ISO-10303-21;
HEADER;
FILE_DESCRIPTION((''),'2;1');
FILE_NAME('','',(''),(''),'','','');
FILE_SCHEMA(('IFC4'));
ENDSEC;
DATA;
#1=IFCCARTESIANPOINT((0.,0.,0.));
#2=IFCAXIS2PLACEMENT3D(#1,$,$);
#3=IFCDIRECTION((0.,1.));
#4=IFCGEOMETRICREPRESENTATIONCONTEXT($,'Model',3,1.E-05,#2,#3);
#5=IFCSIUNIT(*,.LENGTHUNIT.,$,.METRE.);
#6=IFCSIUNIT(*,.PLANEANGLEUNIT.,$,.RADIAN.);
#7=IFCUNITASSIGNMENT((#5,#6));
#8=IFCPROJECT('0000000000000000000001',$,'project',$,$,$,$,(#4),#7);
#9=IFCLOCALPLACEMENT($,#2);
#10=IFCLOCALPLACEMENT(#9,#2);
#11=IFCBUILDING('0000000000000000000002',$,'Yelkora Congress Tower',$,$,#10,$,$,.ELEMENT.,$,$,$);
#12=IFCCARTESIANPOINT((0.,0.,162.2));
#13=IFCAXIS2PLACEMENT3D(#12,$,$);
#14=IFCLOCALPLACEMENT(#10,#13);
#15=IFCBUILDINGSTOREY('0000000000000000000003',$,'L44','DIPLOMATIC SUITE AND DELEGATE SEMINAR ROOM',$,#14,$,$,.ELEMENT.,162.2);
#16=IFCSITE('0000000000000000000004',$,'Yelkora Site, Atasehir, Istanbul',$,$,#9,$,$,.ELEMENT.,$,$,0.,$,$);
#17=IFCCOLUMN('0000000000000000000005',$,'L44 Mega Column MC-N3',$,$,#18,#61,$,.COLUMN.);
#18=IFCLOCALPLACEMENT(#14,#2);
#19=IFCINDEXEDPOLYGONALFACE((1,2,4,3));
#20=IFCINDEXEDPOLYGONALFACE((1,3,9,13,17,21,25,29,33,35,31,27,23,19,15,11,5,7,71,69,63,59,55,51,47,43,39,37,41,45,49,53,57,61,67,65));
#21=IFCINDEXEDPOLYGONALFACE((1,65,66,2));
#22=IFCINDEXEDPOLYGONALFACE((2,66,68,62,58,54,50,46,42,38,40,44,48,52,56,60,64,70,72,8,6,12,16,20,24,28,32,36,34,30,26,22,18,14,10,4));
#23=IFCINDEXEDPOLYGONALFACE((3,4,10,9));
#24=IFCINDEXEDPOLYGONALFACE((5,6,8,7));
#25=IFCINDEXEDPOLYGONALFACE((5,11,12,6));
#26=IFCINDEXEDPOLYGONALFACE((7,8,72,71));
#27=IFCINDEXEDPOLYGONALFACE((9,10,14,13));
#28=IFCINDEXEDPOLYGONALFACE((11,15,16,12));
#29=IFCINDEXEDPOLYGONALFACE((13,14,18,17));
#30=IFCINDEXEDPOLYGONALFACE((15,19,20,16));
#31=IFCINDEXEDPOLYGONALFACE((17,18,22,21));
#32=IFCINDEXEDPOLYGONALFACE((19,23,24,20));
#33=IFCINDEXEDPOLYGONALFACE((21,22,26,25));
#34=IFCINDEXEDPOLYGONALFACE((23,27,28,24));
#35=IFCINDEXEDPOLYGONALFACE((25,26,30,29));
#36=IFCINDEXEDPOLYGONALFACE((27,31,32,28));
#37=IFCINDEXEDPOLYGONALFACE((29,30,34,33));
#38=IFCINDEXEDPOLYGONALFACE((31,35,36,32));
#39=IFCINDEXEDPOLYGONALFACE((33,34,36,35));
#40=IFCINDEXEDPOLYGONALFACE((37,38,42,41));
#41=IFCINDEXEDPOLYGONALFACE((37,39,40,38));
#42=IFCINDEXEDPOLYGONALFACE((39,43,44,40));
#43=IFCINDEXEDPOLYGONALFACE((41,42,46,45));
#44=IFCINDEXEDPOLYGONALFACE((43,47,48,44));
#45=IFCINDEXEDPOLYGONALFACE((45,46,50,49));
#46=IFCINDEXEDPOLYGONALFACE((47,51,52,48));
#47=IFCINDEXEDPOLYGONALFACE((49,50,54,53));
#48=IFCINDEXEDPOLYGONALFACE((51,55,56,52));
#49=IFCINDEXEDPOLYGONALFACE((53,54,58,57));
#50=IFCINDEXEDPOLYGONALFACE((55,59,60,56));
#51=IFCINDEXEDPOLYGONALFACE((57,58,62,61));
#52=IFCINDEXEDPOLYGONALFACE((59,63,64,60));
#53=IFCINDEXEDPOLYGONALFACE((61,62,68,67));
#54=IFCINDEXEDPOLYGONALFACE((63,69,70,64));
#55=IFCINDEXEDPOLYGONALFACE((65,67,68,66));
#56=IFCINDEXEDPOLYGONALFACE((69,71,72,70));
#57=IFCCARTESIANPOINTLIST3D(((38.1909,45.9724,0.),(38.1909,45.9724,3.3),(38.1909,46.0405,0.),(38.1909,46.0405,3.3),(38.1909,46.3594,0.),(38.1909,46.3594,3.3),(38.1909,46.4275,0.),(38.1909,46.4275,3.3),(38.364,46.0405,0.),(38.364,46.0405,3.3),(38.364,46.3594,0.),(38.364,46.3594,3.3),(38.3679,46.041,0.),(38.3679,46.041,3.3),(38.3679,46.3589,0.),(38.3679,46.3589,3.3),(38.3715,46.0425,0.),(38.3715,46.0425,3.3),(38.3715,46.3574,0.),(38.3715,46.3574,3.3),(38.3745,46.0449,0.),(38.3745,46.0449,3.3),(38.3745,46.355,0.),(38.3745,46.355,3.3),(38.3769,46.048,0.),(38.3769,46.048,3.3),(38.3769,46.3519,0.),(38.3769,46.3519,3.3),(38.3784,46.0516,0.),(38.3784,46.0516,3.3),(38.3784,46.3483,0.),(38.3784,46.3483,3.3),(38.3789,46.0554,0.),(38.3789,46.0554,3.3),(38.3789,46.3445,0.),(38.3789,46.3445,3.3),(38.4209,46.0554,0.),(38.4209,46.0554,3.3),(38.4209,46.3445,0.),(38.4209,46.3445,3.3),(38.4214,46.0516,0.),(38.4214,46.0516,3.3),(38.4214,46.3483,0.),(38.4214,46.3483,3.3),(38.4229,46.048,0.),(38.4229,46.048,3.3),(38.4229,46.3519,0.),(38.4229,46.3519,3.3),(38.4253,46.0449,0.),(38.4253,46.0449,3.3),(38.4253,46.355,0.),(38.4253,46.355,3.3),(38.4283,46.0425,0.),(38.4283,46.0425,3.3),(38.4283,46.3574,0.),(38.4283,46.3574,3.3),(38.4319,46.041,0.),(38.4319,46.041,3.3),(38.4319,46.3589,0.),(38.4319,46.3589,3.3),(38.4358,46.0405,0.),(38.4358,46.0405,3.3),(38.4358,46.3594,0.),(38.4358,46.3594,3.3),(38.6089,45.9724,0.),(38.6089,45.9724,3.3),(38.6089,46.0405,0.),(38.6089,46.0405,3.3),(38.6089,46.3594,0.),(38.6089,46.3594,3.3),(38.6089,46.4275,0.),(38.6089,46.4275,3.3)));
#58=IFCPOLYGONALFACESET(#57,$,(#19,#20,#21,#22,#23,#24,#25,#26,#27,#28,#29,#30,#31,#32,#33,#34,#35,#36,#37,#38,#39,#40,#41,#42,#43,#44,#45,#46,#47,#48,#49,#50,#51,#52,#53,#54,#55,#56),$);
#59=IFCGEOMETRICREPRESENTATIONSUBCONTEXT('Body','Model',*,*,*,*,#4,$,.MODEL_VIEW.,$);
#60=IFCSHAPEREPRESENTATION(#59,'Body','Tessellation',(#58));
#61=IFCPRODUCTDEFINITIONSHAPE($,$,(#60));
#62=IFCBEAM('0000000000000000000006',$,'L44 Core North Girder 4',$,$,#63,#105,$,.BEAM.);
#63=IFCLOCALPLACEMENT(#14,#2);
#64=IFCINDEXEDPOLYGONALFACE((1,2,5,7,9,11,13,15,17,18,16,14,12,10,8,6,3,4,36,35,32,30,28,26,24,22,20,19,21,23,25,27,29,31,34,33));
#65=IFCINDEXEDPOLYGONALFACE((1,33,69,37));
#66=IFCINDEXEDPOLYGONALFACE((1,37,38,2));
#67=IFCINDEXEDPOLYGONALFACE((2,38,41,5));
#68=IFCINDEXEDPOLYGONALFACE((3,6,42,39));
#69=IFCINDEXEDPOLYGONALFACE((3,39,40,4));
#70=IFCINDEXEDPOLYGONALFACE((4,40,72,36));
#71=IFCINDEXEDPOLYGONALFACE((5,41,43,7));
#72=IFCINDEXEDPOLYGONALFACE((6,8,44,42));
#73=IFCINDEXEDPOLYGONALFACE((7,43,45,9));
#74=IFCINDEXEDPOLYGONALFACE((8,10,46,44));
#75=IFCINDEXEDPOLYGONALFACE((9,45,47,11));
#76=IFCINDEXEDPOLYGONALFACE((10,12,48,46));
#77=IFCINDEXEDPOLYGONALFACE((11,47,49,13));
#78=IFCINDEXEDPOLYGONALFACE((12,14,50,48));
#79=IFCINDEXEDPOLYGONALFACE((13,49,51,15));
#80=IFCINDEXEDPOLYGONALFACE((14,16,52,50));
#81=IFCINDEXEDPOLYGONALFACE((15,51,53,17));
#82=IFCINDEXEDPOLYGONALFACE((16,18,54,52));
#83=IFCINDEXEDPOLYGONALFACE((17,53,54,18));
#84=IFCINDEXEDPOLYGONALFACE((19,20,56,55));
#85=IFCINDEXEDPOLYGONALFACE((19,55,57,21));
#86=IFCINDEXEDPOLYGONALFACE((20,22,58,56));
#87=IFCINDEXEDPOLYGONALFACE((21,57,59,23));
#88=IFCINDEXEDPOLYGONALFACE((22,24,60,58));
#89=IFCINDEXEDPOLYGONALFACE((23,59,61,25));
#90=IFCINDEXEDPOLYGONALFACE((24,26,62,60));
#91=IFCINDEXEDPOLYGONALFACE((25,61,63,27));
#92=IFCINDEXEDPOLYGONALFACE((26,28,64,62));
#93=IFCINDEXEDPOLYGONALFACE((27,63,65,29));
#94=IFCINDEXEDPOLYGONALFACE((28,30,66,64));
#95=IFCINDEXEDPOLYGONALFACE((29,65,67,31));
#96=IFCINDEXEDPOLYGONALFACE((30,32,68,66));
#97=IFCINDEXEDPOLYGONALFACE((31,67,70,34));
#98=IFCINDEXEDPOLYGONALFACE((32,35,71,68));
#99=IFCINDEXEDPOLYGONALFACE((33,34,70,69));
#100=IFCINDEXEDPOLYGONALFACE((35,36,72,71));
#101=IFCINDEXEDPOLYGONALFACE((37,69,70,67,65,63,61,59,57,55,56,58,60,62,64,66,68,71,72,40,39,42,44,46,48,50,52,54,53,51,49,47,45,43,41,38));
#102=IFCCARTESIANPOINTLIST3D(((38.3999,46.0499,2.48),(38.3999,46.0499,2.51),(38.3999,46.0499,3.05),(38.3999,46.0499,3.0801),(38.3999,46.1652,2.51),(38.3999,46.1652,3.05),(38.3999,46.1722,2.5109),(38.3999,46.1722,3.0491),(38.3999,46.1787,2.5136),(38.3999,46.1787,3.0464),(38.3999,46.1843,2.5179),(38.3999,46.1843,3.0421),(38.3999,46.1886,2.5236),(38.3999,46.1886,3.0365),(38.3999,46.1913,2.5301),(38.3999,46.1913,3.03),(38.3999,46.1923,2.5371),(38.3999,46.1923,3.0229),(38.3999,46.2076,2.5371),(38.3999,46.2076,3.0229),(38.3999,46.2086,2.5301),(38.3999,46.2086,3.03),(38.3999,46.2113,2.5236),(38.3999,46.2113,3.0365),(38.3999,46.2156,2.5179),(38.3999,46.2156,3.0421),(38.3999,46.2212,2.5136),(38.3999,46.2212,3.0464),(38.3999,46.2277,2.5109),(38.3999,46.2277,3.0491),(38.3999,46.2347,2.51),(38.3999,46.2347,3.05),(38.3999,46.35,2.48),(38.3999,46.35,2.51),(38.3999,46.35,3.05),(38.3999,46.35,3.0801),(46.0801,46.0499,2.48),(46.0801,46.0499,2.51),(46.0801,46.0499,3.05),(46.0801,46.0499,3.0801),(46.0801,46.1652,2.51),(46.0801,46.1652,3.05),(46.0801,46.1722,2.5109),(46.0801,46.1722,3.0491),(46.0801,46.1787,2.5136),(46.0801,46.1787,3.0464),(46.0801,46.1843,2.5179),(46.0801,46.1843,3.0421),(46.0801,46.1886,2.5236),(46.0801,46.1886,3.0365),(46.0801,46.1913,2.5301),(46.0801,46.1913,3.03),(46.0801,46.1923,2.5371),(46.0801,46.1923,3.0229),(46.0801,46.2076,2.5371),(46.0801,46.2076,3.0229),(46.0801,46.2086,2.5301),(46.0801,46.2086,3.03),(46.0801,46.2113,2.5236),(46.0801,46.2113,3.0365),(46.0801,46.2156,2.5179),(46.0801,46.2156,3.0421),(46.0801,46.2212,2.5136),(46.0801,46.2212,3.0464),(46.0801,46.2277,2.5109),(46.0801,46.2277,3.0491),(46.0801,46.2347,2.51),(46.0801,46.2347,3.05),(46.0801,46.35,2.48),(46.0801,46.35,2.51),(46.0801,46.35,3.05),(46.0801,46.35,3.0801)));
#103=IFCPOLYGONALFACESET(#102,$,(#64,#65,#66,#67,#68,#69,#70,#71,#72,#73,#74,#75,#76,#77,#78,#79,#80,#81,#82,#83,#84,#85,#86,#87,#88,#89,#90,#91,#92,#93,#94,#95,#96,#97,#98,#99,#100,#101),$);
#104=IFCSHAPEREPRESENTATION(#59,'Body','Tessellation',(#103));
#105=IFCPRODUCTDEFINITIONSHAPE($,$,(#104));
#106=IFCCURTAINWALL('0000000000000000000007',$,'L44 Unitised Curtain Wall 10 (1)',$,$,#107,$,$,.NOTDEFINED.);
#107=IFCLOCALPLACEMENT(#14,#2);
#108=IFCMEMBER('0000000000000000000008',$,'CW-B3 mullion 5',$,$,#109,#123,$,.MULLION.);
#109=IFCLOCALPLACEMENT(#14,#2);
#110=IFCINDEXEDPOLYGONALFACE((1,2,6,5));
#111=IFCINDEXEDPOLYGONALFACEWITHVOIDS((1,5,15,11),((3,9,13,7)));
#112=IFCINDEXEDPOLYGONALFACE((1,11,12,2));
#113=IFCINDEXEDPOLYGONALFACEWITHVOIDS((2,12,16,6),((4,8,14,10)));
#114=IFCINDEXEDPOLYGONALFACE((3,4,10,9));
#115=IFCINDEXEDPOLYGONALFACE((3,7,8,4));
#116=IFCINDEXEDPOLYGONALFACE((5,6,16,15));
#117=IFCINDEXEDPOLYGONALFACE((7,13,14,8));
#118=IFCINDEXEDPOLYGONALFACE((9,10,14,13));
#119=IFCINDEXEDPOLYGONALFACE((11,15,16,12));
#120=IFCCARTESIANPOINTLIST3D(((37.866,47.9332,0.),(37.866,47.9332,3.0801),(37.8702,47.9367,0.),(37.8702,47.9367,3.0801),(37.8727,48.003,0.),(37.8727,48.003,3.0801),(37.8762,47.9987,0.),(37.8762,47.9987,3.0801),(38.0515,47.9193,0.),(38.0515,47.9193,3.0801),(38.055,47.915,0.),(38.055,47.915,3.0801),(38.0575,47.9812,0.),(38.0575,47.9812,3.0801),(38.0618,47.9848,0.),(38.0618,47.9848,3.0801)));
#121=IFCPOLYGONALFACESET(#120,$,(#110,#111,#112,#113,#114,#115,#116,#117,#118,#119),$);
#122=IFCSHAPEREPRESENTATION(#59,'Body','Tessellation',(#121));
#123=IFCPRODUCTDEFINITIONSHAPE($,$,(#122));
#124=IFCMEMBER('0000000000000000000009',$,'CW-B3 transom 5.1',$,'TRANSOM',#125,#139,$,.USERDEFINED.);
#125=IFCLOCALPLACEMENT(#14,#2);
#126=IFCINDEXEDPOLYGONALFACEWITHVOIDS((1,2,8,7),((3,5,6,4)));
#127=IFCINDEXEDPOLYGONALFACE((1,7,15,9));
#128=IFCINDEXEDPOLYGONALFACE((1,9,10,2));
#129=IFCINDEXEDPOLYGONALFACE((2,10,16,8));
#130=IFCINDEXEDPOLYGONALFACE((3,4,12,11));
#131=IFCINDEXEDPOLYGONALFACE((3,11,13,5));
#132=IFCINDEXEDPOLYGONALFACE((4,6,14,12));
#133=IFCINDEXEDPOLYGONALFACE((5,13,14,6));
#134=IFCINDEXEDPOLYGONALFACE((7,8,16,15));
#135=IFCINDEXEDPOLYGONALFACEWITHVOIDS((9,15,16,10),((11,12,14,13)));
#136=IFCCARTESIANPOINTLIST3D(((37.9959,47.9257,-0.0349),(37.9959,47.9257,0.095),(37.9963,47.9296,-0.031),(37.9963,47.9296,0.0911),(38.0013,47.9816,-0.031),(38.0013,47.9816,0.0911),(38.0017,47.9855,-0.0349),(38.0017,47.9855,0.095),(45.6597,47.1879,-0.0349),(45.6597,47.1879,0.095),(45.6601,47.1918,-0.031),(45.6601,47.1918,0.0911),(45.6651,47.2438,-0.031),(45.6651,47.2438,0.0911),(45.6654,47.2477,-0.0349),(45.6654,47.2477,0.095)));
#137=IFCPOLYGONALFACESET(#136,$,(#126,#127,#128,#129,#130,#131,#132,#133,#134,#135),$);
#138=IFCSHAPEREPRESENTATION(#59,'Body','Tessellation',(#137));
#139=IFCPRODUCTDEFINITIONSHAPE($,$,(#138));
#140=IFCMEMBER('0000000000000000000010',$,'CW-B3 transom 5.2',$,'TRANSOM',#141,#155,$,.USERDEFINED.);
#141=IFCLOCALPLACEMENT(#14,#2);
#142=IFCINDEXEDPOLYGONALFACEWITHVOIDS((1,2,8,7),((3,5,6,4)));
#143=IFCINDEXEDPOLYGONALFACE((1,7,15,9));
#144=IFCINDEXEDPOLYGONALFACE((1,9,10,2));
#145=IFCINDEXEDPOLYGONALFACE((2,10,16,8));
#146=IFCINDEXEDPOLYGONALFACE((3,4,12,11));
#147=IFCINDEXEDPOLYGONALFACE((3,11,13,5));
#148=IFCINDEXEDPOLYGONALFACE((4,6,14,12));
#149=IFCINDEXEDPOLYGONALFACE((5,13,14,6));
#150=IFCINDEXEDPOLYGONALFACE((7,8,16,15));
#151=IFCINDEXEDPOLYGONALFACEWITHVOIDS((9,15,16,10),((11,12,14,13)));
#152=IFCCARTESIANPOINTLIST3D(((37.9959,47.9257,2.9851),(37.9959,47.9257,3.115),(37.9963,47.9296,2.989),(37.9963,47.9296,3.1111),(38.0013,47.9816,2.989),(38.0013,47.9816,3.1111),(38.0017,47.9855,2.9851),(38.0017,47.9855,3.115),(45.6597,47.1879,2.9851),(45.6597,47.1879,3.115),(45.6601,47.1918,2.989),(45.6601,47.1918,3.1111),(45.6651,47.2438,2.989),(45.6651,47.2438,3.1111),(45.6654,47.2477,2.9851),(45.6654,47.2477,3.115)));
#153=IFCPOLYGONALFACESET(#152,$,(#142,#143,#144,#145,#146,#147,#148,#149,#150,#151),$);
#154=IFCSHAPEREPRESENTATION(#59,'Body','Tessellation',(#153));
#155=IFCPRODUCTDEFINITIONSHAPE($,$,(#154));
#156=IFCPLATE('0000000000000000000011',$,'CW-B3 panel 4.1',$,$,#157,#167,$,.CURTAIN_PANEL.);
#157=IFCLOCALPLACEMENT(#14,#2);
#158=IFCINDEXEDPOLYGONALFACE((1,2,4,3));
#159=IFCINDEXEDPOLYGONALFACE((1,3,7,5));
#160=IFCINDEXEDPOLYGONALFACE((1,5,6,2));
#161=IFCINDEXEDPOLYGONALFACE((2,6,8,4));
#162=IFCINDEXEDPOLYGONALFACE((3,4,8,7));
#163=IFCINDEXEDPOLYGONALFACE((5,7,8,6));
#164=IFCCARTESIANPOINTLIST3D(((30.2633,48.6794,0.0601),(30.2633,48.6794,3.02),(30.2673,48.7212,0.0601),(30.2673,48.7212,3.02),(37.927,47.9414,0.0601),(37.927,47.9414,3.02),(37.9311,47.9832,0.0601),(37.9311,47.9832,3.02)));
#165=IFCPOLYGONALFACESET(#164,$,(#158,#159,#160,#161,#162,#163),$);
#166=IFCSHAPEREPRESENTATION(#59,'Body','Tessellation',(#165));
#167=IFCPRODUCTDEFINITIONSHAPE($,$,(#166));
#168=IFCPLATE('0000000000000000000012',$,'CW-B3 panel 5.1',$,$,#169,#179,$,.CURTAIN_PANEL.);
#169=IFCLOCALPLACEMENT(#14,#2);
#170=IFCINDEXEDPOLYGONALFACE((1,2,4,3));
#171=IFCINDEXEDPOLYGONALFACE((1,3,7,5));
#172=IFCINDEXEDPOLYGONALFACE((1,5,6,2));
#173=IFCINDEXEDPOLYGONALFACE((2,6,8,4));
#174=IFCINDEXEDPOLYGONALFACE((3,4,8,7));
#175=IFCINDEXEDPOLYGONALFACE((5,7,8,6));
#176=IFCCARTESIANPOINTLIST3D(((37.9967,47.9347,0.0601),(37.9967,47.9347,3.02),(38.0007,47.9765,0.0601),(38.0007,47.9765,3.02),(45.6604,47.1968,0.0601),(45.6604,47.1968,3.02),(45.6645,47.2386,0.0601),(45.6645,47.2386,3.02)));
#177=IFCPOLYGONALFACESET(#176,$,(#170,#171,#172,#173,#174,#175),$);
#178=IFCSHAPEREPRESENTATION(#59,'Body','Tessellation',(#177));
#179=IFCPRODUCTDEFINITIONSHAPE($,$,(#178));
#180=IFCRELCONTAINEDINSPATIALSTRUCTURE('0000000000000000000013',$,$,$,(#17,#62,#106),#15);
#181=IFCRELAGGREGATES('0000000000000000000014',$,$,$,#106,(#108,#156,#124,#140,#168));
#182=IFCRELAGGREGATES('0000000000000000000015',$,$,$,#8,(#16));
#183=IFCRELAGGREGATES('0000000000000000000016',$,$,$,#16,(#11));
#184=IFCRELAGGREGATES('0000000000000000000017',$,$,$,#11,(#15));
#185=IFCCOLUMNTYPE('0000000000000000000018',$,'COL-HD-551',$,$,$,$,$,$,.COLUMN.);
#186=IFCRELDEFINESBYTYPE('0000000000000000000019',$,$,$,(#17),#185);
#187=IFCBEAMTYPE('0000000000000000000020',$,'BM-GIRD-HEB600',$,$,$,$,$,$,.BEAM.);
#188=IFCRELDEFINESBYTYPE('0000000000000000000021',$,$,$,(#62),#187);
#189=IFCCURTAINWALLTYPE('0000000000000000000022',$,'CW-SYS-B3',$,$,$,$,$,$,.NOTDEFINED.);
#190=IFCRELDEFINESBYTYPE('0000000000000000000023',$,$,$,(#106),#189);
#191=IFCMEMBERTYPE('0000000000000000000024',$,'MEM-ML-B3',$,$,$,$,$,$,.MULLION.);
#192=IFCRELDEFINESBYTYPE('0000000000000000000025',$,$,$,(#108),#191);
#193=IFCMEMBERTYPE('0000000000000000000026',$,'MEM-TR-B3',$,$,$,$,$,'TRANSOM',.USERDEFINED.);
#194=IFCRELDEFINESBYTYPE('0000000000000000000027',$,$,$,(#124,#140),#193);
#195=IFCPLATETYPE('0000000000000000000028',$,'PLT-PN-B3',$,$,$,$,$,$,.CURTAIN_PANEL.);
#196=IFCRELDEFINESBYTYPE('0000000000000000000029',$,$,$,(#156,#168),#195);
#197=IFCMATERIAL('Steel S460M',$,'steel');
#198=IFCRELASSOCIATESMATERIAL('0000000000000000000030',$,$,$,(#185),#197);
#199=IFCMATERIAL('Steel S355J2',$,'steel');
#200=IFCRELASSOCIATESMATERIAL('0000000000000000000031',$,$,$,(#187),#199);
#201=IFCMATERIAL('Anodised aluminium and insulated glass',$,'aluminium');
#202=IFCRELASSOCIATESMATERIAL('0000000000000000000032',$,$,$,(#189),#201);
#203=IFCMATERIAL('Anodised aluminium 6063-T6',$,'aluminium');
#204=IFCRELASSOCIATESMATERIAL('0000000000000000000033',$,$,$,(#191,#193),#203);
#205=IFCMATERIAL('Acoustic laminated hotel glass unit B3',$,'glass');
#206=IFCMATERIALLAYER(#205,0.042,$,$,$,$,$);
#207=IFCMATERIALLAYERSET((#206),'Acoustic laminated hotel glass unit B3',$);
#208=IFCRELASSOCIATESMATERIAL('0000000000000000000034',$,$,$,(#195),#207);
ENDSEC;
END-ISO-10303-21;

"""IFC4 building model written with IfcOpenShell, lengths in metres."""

from ifc_helpers import new_model, si_unit, direction, frame, origin, origin_2d, place, context, subcontext, project, spatial, rectangle, hollow_rectangle, i_section, extrude, material, layer, layer_set, material_profile, profile_set, type_object, element, aggregate, save


model = new_model("IFC4")

# Units and contexts
model_context = context("Model", 3, precision=1e-05, world=origin(), true_north=direction((0.0, 1.0)))
body_context = subcontext(model_context, "Body", "Model", "MODEL_VIEW")
ifc_project = project(units=[si_unit("LENGTHUNIT", "METRE"), si_unit("PLANEANGLEUNIT", "RADIAN")], contexts=[model_context])

# Site, building, storey
site_placement = place(None, origin())
site = spatial("IfcSite", under=ifc_project, at=site_placement, Name="Yelkora Site, Atasehir, Istanbul", CompositionType="ELEMENT", RefElevation=0.0)
building_placement = place(site_placement, origin())
building = spatial("IfcBuilding", under=site, at=building_placement, Name="Yelkora Congress Tower", CompositionType="ELEMENT")
storey_placement = place(building_placement, frame((0.0, 0.0, 162.2)))
storey = spatial("IfcBuildingStorey", under=building, at=storey_placement, Name="L44", Description="DIPLOMATIC SUITE AND DELEGATE SEMINAR ROOM", CompositionType="ELEMENT", Elevation=162.2)

# Column
ifc_material_1 = material(Name="Steel S460M", Category="steel")
ifc_material_profile_1 = material_profile(ifc_material_1, i_section(OverallWidth=0.418, OverallDepth=0.4551, WebThickness=0.042, FlangeThickness=0.0681, FilletRadius=0.0149, at=origin_2d()), Name="HD 400x551")
ifc_profile_set_1 = profile_set([ifc_material_profile_1], Name="Steel S460M")
column_type = type_object("IfcColumnType", Name="COL-HD-551", PredefinedType="COLUMN", material=ifc_profile_set_1)
column_placement = place(storey_placement, frame((38.3999, 46.2, 0.0), z_axis=(0.0, 0.0, 1.0), x_axis=(1.0, 0.0, 0.0)))
element("IfcColumn", 1, at=column_placement, inside=storey, type_object=column_type, Name="L44 Mega Column MC-N3", PredefinedType="COLUMN", context=body_context, shape_type="SweptSolid", body=[
    extrude(i_section(OverallWidth=0.418, OverallDepth=0.4551, WebThickness=0.042, FlangeThickness=0.0681, FilletRadius=0.0149, at=origin_2d()), origin(), (0.0, 0.0, 1.0), 3.3),
])

# Beam
ifc_material_2 = material(Name="Steel S355J2", Category="steel")
ifc_material_profile_2 = material_profile(ifc_material_2, i_section(OverallWidth=0.3, OverallDepth=0.6001, WebThickness=0.0154, FlangeThickness=0.03, FilletRadius=0.0271, at=origin_2d()), Name="HEB 600")
ifc_profile_set_2 = profile_set([ifc_material_profile_2], Name="Steel S355J2")
beam_type = type_object("IfcBeamType", Name="BM-GIRD-HEB600", PredefinedType="BEAM", material=ifc_profile_set_2)
beam_placement = place(storey_placement, frame((38.3999, 46.2, 2.78), z_axis=(1.0, 0.0, 0.0), x_axis=(0.0, 1.0, 0.0)))
element("IfcBeam", 2, at=beam_placement, inside=storey, type_object=beam_type, Name="L44 Core North Girder 4", PredefinedType="BEAM", context=body_context, shape_type="SweptSolid", body=[
    extrude(i_section(OverallWidth=0.3, OverallDepth=0.6001, WebThickness=0.0154, FlangeThickness=0.03, FilletRadius=0.0271, at=origin_2d()), origin(), (0.0, 0.0, 1.0), 7.6802),
])

# Curtain wall, members, plates
ifc_material_3 = material(Name="Anodised aluminium and insulated glass", Category="aluminium")
curtain_wall_type = type_object("IfcCurtainWallType", Name="CW-SYS-B3", PredefinedType="NOTDEFINED", material=ifc_material_3)
curtain_wall_placement = place(storey_placement, origin())
curtain_wall = element("IfcCurtainWall", 3, at=curtain_wall_placement, inside=storey, type_object=curtain_wall_type, Name="L44 Unitised Curtain Wall 10 (1)", PredefinedType="NOTDEFINED")
ifc_material_4 = material(Name="Anodised aluminium 6063-T6", Category="aluminium")
ifc_material_profile_3 = material_profile(ifc_material_4, hollow_rectangle(XDim=0.0701, YDim=0.1899, WallThickness=0.0039, at=origin_2d()), Name="ALU 70x190x4")
ifc_profile_set_3 = profile_set([ifc_material_profile_3], Name="Anodised aluminium 6063-T6")
member_type_1 = type_object("IfcMemberType", Name="MEM-ML-B3", PredefinedType="MULLION", material=ifc_profile_set_3)
member_1_placement = place(storey_placement, frame((37.9639, 47.959, 0.0), z_axis=(0.0, 0.0, 1.0), x_axis=(0.095845, 0.995396, 0.0)))
member_1 = element("IfcMember", 4, at=member_1_placement, type_object=member_type_1, Name="CW-B3 mullion 5", PredefinedType="MULLION", context=body_context, shape_type="SweptSolid", body=[
    extrude(hollow_rectangle(XDim=0.0701, YDim=0.1899, WallThickness=0.0039, at=origin_2d()), origin(), (0.0, 0.0, 1.0), 3.0801),
])
ifc_material_profile_4 = material_profile(ifc_material_4, hollow_rectangle(XDim=0.0601, YDim=0.1299, WallThickness=0.0039, at=origin_2d()), Name="ALU 60x130x4")
ifc_profile_set_4 = profile_set([ifc_material_profile_4], Name="Anodised aluminium 6063-T6")
member_type_2 = type_object("IfcMemberType", Name="MEM-TR-B3", ElementType="TRANSOM", PredefinedType="USERDEFINED", material=ifc_profile_set_4)
member_2_placement = place(storey_placement, frame((37.9988, 47.9556, 0.03), z_axis=(0.995398, -0.095827, 0.0), x_axis=(0.095827, 0.995398, 0.0)))
member_2 = element("IfcMember", 5, at=member_2_placement, type_object=member_type_2, Name="CW-B3 transom 5.1", ObjectType="TRANSOM", PredefinedType="USERDEFINED", context=body_context, shape_type="SweptSolid", body=[
    extrude(hollow_rectangle(XDim=0.0601, YDim=0.1299, WallThickness=0.0039, at=origin_2d()), origin(), (0.0, 0.0, 1.0), 7.6992),
])
member_3_placement = place(storey_placement, frame((37.9988, 47.9556, 3.05), z_axis=(0.995398, -0.095827, 0.0), x_axis=(0.095827, 0.995398, 0.0)))
member_3 = element("IfcMember", 6, at=member_3_placement, type_object=member_type_2, Name="CW-B3 transom 5.2", ObjectType="TRANSOM", PredefinedType="USERDEFINED", context=body_context, shape_type="SweptSolid", body=[
    extrude(hollow_rectangle(XDim=0.0601, YDim=0.1299, WallThickness=0.0039, at=origin_2d()), origin(), (0.0, 0.0, 1.0), 7.6992),
])
ifc_material_5 = material(Name="Acoustic laminated hotel glass unit B3", Category="glass")
ifc_layer_1 = layer(ifc_material_5, 0.042)
ifc_layer_set_1 = layer_set([ifc_layer_1], Name="Acoustic laminated hotel glass unit B3")
plate_type = type_object("IfcPlateType", Name="PLT-PN-B3", PredefinedType="CURTAIN_PANEL", material=ifc_layer_set_1)
plate_1_placement = place(storey_placement, frame((34.0972, 48.3313, 0.0601), z_axis=(0.0, 0.0, 1.0), x_axis=(0.995396, -0.095845, 0.0)))
plate_1 = element("IfcPlate", 7, at=plate_1_placement, type_object=plate_type, Name="CW-B3 panel 4.1", PredefinedType="CURTAIN_PANEL", context=body_context, shape_type="SweptSolid", body=[
    extrude(rectangle(XDim=7.6992, YDim=0.042, at=origin_2d()), origin(), (0.0, 0.0, 1.0), 2.96),
])
plate_2_placement = place(storey_placement, frame((41.8306, 47.5867, 0.0601), z_axis=(0.0, 0.0, 1.0), x_axis=(0.995396, -0.095845, 0.0)))
plate_2 = element("IfcPlate", 8, at=plate_2_placement, type_object=plate_type, Name="CW-B3 panel 5.1", PredefinedType="CURTAIN_PANEL", context=body_context, shape_type="SweptSolid", body=[
    extrude(rectangle(XDim=7.6992, YDim=0.042, at=origin_2d()), origin(), (0.0, 0.0, 1.0), 2.96),
])
aggregate(curtain_wall, [member_1, plate_1, member_2, member_3, plate_2])

save(model, "model.ifc")
